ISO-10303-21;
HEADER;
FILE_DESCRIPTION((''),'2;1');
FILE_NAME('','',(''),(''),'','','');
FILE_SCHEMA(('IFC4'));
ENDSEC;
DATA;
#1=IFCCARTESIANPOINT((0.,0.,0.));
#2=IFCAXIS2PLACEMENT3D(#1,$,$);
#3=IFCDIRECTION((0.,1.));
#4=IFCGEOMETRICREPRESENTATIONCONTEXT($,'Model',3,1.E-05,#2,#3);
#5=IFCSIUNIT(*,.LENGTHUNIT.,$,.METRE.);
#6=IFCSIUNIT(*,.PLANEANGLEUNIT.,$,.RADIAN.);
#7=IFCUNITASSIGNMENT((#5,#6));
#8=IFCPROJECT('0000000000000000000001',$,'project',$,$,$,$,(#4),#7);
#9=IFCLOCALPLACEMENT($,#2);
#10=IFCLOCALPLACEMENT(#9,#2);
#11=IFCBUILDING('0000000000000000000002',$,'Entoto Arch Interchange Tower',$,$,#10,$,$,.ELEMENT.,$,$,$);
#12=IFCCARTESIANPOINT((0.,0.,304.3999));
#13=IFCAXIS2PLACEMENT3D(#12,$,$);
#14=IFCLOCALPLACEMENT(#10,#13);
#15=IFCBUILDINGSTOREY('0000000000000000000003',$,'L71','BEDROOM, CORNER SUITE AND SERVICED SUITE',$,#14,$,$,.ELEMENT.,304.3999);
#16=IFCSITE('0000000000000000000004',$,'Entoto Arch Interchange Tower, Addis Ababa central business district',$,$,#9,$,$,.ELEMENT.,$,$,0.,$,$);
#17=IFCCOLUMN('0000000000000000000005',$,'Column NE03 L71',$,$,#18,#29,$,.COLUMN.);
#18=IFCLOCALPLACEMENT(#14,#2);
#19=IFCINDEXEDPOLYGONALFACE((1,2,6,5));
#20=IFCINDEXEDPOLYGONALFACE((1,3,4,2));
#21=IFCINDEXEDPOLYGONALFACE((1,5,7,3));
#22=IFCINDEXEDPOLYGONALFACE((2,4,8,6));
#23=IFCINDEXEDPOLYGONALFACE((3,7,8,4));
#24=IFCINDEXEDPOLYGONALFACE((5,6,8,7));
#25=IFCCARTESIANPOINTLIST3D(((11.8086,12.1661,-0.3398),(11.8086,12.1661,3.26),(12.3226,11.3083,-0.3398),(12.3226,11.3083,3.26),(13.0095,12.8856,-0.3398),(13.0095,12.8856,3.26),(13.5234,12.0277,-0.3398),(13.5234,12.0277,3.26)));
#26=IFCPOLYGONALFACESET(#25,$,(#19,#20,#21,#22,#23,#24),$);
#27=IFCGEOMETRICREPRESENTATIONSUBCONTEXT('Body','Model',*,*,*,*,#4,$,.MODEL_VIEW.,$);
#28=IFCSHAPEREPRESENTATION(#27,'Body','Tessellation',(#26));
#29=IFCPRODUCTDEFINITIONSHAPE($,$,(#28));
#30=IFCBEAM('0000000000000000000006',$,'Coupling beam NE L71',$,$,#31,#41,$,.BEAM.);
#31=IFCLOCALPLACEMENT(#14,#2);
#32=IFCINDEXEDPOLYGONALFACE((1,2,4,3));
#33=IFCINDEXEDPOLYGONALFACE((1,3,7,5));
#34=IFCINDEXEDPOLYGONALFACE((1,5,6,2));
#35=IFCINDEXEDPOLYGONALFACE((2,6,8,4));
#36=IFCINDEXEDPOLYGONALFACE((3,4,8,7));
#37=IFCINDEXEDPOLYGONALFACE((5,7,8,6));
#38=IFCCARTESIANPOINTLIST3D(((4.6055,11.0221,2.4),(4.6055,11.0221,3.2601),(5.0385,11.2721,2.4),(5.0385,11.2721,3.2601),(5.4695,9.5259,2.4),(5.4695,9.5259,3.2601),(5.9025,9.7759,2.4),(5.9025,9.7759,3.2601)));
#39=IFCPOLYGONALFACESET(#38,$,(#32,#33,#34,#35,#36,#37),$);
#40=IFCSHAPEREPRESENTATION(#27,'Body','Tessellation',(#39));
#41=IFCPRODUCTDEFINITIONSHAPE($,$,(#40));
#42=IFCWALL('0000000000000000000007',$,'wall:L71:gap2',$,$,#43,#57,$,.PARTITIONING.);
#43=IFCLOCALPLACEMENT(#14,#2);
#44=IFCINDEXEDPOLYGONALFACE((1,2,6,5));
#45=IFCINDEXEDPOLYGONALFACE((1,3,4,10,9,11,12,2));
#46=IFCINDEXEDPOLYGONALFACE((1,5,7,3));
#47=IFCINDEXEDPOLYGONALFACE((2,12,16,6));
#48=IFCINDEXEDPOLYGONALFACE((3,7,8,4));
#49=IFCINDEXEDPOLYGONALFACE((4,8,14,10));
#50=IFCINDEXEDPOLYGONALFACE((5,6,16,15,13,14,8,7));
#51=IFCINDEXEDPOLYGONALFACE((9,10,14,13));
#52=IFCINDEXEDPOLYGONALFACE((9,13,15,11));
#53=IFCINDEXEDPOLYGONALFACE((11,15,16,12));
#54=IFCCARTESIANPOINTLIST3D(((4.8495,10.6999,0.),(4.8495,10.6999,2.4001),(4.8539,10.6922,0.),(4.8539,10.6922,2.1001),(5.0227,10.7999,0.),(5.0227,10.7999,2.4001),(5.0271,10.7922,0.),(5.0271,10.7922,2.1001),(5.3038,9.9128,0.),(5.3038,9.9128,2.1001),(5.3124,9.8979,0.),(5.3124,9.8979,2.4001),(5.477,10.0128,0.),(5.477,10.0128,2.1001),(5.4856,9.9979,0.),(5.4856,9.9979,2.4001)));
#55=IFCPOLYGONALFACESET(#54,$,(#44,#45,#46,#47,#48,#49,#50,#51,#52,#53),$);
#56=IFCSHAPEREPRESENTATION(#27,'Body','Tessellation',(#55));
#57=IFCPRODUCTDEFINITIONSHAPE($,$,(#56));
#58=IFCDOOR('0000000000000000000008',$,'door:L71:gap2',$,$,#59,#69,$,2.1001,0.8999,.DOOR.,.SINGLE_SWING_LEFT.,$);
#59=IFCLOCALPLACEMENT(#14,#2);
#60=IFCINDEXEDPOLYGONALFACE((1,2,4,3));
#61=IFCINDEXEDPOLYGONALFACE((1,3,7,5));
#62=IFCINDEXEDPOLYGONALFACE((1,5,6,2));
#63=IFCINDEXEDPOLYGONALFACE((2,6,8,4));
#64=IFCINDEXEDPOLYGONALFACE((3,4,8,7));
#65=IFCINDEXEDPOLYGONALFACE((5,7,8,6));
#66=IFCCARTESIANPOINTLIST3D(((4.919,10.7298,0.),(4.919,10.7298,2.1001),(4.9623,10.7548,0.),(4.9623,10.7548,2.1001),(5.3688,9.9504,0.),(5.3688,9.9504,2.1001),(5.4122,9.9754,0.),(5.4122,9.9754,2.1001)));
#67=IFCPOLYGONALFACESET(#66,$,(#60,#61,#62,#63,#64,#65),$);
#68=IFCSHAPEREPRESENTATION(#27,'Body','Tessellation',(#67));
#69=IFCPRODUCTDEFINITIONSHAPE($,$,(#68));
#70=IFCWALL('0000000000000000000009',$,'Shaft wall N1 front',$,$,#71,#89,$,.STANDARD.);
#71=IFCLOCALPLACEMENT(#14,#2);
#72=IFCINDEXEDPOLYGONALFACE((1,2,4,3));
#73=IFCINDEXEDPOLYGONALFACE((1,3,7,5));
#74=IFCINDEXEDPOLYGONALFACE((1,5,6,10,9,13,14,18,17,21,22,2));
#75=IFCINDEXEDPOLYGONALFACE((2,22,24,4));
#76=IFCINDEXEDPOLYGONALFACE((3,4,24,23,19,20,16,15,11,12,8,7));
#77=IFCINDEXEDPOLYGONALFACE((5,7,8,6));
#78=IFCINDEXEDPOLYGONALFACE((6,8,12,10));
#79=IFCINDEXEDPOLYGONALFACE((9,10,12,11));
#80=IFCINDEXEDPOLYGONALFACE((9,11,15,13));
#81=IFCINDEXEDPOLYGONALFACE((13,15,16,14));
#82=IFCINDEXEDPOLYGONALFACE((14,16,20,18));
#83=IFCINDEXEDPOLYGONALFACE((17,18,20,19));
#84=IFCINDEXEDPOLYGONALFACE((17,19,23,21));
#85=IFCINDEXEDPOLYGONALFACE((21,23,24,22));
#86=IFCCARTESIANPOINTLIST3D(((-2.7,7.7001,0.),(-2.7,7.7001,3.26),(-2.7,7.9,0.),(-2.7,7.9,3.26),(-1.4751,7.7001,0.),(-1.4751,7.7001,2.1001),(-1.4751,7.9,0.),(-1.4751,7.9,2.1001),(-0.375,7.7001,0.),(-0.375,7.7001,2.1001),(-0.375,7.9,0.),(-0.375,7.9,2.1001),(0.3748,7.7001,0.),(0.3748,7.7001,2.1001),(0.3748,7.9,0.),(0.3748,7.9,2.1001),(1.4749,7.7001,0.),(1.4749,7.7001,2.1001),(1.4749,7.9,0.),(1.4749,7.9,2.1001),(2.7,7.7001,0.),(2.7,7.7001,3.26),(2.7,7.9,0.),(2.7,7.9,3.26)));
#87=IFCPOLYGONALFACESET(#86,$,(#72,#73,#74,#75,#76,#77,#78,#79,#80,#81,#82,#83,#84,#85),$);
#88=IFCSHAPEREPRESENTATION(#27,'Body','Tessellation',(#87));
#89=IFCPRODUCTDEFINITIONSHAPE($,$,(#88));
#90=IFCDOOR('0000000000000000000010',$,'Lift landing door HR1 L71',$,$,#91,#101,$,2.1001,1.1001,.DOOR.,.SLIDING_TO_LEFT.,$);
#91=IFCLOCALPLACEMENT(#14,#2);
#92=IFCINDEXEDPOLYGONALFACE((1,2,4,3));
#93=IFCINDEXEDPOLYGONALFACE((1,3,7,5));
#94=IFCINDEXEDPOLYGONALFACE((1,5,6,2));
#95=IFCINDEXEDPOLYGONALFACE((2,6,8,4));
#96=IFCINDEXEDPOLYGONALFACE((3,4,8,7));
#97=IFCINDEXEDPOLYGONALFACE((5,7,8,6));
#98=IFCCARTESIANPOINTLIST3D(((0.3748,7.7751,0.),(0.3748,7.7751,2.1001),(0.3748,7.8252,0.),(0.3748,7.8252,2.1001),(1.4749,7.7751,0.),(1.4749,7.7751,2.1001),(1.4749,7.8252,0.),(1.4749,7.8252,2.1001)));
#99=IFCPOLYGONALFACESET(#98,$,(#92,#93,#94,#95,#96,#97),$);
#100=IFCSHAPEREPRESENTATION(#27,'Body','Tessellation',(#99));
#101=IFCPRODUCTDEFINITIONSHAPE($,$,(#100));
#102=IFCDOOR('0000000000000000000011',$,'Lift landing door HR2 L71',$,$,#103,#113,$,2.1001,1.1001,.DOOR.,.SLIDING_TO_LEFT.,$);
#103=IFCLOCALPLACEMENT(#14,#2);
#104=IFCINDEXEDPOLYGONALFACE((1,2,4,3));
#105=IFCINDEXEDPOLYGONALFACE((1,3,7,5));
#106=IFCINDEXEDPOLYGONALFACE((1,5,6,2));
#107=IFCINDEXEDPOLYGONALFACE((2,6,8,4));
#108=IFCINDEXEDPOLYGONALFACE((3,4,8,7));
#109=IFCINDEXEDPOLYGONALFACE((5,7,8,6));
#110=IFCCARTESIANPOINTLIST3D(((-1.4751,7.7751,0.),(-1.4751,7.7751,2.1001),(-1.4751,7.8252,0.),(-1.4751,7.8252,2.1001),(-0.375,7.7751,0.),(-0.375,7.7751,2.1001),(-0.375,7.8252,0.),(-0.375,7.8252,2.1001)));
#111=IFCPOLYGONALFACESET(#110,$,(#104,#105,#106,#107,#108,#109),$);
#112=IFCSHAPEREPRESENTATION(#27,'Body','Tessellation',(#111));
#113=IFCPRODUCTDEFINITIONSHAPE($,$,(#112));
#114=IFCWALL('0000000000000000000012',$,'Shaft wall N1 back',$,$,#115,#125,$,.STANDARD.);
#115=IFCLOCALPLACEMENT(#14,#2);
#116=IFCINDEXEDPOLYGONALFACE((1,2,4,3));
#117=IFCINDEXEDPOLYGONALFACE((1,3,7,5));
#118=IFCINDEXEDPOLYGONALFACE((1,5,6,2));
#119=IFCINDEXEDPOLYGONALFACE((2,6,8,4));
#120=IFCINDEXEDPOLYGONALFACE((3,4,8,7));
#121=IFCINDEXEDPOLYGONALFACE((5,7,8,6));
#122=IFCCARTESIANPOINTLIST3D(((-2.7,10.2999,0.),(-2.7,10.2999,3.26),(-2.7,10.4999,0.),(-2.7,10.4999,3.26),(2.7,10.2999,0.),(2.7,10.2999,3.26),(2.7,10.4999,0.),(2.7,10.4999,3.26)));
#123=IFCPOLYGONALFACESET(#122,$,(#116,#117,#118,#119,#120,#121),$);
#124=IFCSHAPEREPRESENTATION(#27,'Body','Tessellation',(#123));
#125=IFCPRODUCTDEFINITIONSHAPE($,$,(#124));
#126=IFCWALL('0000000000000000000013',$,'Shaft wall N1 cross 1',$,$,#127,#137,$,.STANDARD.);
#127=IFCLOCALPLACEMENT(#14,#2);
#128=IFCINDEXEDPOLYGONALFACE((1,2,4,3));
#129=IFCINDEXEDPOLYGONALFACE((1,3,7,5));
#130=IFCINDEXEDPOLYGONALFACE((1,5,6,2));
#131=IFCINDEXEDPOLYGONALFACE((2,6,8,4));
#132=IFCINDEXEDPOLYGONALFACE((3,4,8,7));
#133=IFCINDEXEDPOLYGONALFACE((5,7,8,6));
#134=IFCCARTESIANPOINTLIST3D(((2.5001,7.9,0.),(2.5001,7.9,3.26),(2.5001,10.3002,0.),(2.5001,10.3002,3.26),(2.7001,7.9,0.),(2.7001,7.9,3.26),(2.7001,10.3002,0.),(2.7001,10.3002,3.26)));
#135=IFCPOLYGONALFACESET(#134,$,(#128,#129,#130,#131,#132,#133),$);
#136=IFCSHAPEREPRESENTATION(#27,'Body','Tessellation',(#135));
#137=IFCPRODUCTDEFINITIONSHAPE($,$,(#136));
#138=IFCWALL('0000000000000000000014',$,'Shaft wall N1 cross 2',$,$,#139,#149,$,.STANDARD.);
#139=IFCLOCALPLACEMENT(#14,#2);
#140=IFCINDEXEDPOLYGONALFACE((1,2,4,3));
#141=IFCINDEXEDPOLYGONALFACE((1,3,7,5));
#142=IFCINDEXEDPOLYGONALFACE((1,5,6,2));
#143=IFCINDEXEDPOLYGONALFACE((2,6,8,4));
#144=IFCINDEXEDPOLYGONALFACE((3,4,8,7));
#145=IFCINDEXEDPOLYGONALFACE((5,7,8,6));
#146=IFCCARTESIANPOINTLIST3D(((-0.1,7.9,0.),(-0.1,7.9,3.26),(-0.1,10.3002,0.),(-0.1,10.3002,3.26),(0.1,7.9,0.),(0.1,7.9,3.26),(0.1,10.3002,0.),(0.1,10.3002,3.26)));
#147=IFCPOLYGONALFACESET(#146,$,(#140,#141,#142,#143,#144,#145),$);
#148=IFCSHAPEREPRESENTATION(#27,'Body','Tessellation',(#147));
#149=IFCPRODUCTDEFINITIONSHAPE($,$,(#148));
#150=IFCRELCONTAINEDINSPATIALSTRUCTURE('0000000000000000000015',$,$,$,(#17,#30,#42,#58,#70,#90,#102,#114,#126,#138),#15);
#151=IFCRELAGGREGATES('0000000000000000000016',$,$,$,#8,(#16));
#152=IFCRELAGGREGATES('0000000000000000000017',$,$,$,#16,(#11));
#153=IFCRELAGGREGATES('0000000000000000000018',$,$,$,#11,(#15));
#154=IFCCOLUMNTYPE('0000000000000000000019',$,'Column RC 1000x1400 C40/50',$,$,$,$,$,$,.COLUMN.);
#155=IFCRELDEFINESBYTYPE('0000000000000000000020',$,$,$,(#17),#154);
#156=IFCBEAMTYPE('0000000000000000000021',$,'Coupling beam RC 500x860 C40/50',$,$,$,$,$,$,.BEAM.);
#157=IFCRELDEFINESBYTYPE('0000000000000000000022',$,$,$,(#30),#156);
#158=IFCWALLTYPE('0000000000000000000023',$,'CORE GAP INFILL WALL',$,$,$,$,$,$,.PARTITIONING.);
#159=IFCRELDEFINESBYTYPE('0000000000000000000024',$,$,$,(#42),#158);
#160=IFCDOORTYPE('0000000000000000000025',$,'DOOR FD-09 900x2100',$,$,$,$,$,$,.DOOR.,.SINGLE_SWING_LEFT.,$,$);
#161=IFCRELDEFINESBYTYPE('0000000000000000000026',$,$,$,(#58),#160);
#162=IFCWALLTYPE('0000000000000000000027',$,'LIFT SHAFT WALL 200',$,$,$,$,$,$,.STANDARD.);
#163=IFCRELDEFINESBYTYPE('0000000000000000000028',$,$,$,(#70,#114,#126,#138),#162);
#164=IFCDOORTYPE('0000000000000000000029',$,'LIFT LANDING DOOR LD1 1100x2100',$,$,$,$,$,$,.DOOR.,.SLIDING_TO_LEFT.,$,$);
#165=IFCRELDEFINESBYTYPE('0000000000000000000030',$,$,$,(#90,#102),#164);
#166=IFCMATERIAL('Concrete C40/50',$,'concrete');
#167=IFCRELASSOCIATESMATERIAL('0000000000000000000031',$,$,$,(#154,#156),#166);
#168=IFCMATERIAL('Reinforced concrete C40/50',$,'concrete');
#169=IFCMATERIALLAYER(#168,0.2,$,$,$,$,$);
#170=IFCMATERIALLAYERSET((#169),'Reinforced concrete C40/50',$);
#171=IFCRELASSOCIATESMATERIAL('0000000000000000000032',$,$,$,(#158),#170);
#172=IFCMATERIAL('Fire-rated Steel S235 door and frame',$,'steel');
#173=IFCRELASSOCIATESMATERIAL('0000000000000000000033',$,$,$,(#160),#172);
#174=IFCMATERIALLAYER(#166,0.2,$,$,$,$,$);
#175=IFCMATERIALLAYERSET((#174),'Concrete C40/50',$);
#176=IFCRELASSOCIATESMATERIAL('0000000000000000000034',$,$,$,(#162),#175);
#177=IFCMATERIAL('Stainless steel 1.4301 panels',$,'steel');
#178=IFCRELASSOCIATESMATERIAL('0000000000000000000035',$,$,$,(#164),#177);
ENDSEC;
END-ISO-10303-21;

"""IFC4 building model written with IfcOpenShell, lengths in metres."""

from ifc_helpers import new_model, si_unit, direction, frame, frame_2d, origin, origin_2d, place, context, subcontext, project, spatial, rectangle, extrude, material, layer, layer_set, material_profile, profile_set, type_object, element, fill, save


model = new_model("IFC4")

# Units and contexts
model_context = context("Model", 3, precision=1e-05, world=origin(), true_north=direction((0.0, 1.0)))
body_context = subcontext(model_context, "Body", "Model", "MODEL_VIEW")
ifc_project = project(units=[si_unit("LENGTHUNIT", "METRE"), si_unit("PLANEANGLEUNIT", "RADIAN")], contexts=[model_context])

# Site, building, storey
site_placement = place(None, origin())
site = spatial("IfcSite", under=ifc_project, at=site_placement, Name="Entoto Arch Interchange Tower, Addis Ababa central business district", CompositionType="ELEMENT", RefElevation=0.0)
building_placement = place(site_placement, origin())
building = spatial("IfcBuilding", under=site, at=building_placement, Name="Entoto Arch Interchange Tower", CompositionType="ELEMENT")
storey_placement = place(building_placement, frame((0.0, 0.0, 304.3999)))
storey = spatial("IfcBuildingStorey", under=building, at=storey_placement, Name="L71", Description="BEDROOM, CORNER SUITE AND SERVICED SUITE", CompositionType="ELEMENT", Elevation=304.3999)

# Column
ifc_material_1 = material(Name="Concrete C40/50", Category="concrete")
ifc_material_profile_1 = material_profile(ifc_material_1, rectangle(XDim=1.0, YDim=1.3999, at=origin_2d()))
ifc_profile_set_1 = profile_set([ifc_material_profile_1], Name="Concrete C40/50")
column_type = type_object("IfcColumnType", Name="Column RC 1000x1400 C40/50", PredefinedType="COLUMN", material=ifc_profile_set_1)
column_placement = place(storey_placement, frame((12.666, 12.0969, -0.3398), z_axis=(0.0, 0.0, 1.0), x_axis=(-0.513946, 0.857823, 0.0)))
element("IfcColumn", 1, at=column_placement, inside=storey, type_object=column_type, Name="Column NE03 L71", PredefinedType="COLUMN", context=body_context, shape_type="SweptSolid", body=[
    extrude(rectangle(XDim=1.0, YDim=1.3999, at=origin_2d()), origin(), (0.0, 0.0, 1.0), 3.5999),
])

# Beam
ifc_material_profile_2 = material_profile(ifc_material_1, rectangle(XDim=0.5, YDim=0.8601, at=origin_2d()))
ifc_profile_set_2 = profile_set([ifc_material_profile_2], Name="Concrete C40/50")
beam_type = type_object("IfcBeamType", Name="Coupling beam RC 500x860 C40/50", PredefinedType="BEAM", material=ifc_profile_set_2)
beam_placement = place(storey_placement, frame((5.686, 9.6509, 2.8301), z_axis=(-0.500106, 0.865964, 0.0), x_axis=(-0.865964, -0.500106, 0.0)))
element("IfcBeam", 2, at=beam_placement, inside=storey, type_object=beam_type, Name="Coupling beam NE L71", PredefinedType="BEAM", context=body_context, shape_type="SweptSolid", body=[
    extrude(rectangle(XDim=0.5, YDim=0.8601, at=origin_2d()), origin(), (0.0, 0.0, 1.0), 1.7278),
])

# Wall, opening, door
ifc_material_2 = material(Name="Reinforced concrete C40/50", Category="concrete")
ifc_layer_1 = layer(ifc_material_2, 0.2)
ifc_layer_set_1 = layer_set([ifc_layer_1], Name="Reinforced concrete C40/50")
wall_type_1 = type_object("IfcWallType", Name="CORE GAP INFILL WALL", PredefinedType="PARTITIONING", material=ifc_layer_set_1)
wall_1_placement = place(storey_placement, frame((5.3989, 9.948, 0.0), z_axis=(0.0, 0.0, 1.0), x_axis=(-0.499882, 0.866093, 0.0)))
wall_1 = element("IfcWall", 3, at=wall_1_placement, inside=storey, type_object=wall_type_1, Name="wall:L71:gap2", PredefinedType="PARTITIONING", context=body_context, shape_type="SweptSolid", body=[
    extrude(rectangle(XDim=0.926, YDim=0.2, at=frame_2d((0.4629, 0.0))), origin(), (0.0, 0.0, 1.0), 2.4001),
])
opening_1_placement = place(wall_1_placement, frame((0.0171, 0.0, 0.0)))
opening_1 = element("IfcOpeningElement", 4, at=opening_1_placement, cuts=wall_1, PredefinedType="OPENING", context=body_context, shape_type="SweptSolid", body=[
    extrude(rectangle(XDim=0.8999, YDim=2.1001, at=frame_2d((0.45, 1.05))), frame((0.0, 0.1099, 0.0), z_axis=(0.0, -1.0, 0.0), x_axis=(1.0, 0.0, 0.0)), (0.0, 0.0, 1.0), 0.22),
])
ifc_material_3 = material(Name="Fire-rated Steel S235 door and frame", Category="steel")
door_type_1 = type_object("IfcDoorType", Name="DOOR FD-09 900x2100", OperationType="SINGLE_SWING_LEFT", PredefinedType="DOOR", material=ifc_material_3)
door_1_placement = place(opening_1_placement, origin())
door_1 = element("IfcDoor", 5, at=door_1_placement, inside=storey, type_object=door_type_1, Name="door:L71:gap2", OperationType="SINGLE_SWING_LEFT", OverallHeight=2.1001, OverallWidth=0.8999, PredefinedType="DOOR", context=body_context, shape_type="SweptSolid", body=[
    extrude(rectangle(XDim=0.8999, YDim=2.1001, at=frame_2d((0.45, 1.05))), frame((0.0, 0.0249, 0.0), z_axis=(0.0, -1.0, 0.0), x_axis=(1.0, 0.0, 0.0)), (0.0, 0.0, 1.0), 0.05),
])
fill(opening_1, door_1)

# Wall, openings, doors
ifc_layer_2 = layer(ifc_material_1, 0.2)
ifc_layer_set_2 = layer_set([ifc_layer_2], Name="Concrete C40/50")
wall_type_2 = type_object("IfcWallType", Name="LIFT SHAFT WALL 200", PredefinedType="STANDARD", material=ifc_layer_set_2)
wall_2_placement = place(storey_placement, frame((2.7, 7.8, 0.0), z_axis=(0.0, 0.0, 1.0), x_axis=(-1.0, 0.0, 0.0)))
wall_2 = element("IfcWall", 6, at=wall_2_placement, inside=storey, type_object=wall_type_2, Name="Shaft wall N1 front", PredefinedType="STANDARD", context=body_context, shape_type="SweptSolid", body=[
    extrude(rectangle(XDim=5.3999, YDim=0.2, at=frame_2d((2.7, 0.0))), origin(), (0.0, 0.0, 1.0), 3.26),
])
opening_2_placement = place(wall_2_placement, frame((1.2251, 0.0, 0.0)))
opening_2 = element("IfcOpeningElement", 7, at=opening_2_placement, cuts=wall_2, PredefinedType="OPENING", context=body_context, shape_type="SweptSolid", body=[
    extrude(rectangle(XDim=1.1001, YDim=2.1001, at=frame_2d((0.55, 1.05))), frame((0.0, 0.1099, 0.0), z_axis=(0.0, -1.0, 0.0), x_axis=(1.0, 0.0, 0.0)), (0.0, 0.0, 1.0), 0.22),
])
opening_3_placement = place(wall_2_placement, frame((3.075, 0.0, 0.0)))
opening_3 = element("IfcOpeningElement", 8, at=opening_3_placement, cuts=wall_2, PredefinedType="OPENING", context=body_context, shape_type="SweptSolid", body=[
    extrude(rectangle(XDim=1.1001, YDim=2.1001, at=frame_2d((0.55, 1.05))), frame((0.0, 0.1099, 0.0), z_axis=(0.0, -1.0, 0.0), x_axis=(1.0, 0.0, 0.0)), (0.0, 0.0, 1.0), 0.22),
])
ifc_material_4 = material(Name="Stainless steel 1.4301 panels", Category="steel")
door_type_2 = type_object("IfcDoorType", Name="LIFT LANDING DOOR LD1 1100x2100", OperationType="SLIDING_TO_LEFT", PredefinedType="DOOR", material=ifc_material_4)
door_2_placement = place(opening_2_placement, origin())
door_2 = element("IfcDoor", 9, at=door_2_placement, inside=storey, type_object=door_type_2, Name="Lift landing door HR1 L71", OperationType="SLIDING_TO_LEFT", OverallHeight=2.1001, OverallWidth=1.1001, PredefinedType="DOOR", context=body_context, shape_type="SweptSolid", body=[
    extrude(rectangle(XDim=1.1001, YDim=2.1001, at=frame_2d((0.55, 1.05))), frame((0.0, 0.0249, 0.0), z_axis=(0.0, -1.0, 0.0), x_axis=(1.0, 0.0, 0.0)), (0.0, 0.0, 1.0), 0.05),
])
fill(opening_2, door_2)
door_3_placement = place(opening_3_placement, origin())
door_3 = element("IfcDoor", 10, at=door_3_placement, inside=storey, type_object=door_type_2, Name="Lift landing door HR2 L71", OperationType="SLIDING_TO_LEFT", OverallHeight=2.1001, OverallWidth=1.1001, PredefinedType="DOOR", context=body_context, shape_type="SweptSolid", body=[
    extrude(rectangle(XDim=1.1001, YDim=2.1001, at=frame_2d((0.55, 1.05))), frame((0.0, 0.0249, 0.0), z_axis=(0.0, -1.0, 0.0), x_axis=(1.0, 0.0, 0.0)), (0.0, 0.0, 1.0), 0.05),
])
fill(opening_3, door_3)

# Walls
wall_3_placement = place(storey_placement, frame((2.7, 10.3999, 0.0), z_axis=(0.0, 0.0, 1.0), x_axis=(-1.0, 0.0, 0.0)))
element("IfcWall", 11, at=wall_3_placement, inside=storey, type_object=wall_type_2, Name="Shaft wall N1 back", PredefinedType="STANDARD", context=body_context, shape_type="SweptSolid", body=[
    extrude(rectangle(XDim=5.3999, YDim=0.2, at=frame_2d((2.7, 0.0))), origin(), (0.0, 0.0, 1.0), 3.26),
])
for number, where, z_axis, x_axis, name in (
    (12, (2.6001, 7.8999, 0.0), (0.0, 0.0, 1.0), (0.0, 1.0, 0.0), "Shaft wall N1 cross 1"),
    (13, (0.0, 7.8999, 0.0), (0.0, 0.0, 1.0), (0.0, 1.0, 0.0), "Shaft wall N1 cross 2"),
):
    element("IfcWall", number, at=place(storey_placement, frame(where, z_axis=z_axis, x_axis=x_axis)), inside=storey, type_object=wall_type_2, Name=name, PredefinedType="STANDARD", context=body_context, shape_type="SweptSolid", body=[
        extrude(rectangle(XDim=2.4001, YDim=0.2, at=frame_2d((1.2002, 0.0))), origin(), (0.0, 0.0, 1.0), 3.26),
    ])

save(model, "model.ifc")
